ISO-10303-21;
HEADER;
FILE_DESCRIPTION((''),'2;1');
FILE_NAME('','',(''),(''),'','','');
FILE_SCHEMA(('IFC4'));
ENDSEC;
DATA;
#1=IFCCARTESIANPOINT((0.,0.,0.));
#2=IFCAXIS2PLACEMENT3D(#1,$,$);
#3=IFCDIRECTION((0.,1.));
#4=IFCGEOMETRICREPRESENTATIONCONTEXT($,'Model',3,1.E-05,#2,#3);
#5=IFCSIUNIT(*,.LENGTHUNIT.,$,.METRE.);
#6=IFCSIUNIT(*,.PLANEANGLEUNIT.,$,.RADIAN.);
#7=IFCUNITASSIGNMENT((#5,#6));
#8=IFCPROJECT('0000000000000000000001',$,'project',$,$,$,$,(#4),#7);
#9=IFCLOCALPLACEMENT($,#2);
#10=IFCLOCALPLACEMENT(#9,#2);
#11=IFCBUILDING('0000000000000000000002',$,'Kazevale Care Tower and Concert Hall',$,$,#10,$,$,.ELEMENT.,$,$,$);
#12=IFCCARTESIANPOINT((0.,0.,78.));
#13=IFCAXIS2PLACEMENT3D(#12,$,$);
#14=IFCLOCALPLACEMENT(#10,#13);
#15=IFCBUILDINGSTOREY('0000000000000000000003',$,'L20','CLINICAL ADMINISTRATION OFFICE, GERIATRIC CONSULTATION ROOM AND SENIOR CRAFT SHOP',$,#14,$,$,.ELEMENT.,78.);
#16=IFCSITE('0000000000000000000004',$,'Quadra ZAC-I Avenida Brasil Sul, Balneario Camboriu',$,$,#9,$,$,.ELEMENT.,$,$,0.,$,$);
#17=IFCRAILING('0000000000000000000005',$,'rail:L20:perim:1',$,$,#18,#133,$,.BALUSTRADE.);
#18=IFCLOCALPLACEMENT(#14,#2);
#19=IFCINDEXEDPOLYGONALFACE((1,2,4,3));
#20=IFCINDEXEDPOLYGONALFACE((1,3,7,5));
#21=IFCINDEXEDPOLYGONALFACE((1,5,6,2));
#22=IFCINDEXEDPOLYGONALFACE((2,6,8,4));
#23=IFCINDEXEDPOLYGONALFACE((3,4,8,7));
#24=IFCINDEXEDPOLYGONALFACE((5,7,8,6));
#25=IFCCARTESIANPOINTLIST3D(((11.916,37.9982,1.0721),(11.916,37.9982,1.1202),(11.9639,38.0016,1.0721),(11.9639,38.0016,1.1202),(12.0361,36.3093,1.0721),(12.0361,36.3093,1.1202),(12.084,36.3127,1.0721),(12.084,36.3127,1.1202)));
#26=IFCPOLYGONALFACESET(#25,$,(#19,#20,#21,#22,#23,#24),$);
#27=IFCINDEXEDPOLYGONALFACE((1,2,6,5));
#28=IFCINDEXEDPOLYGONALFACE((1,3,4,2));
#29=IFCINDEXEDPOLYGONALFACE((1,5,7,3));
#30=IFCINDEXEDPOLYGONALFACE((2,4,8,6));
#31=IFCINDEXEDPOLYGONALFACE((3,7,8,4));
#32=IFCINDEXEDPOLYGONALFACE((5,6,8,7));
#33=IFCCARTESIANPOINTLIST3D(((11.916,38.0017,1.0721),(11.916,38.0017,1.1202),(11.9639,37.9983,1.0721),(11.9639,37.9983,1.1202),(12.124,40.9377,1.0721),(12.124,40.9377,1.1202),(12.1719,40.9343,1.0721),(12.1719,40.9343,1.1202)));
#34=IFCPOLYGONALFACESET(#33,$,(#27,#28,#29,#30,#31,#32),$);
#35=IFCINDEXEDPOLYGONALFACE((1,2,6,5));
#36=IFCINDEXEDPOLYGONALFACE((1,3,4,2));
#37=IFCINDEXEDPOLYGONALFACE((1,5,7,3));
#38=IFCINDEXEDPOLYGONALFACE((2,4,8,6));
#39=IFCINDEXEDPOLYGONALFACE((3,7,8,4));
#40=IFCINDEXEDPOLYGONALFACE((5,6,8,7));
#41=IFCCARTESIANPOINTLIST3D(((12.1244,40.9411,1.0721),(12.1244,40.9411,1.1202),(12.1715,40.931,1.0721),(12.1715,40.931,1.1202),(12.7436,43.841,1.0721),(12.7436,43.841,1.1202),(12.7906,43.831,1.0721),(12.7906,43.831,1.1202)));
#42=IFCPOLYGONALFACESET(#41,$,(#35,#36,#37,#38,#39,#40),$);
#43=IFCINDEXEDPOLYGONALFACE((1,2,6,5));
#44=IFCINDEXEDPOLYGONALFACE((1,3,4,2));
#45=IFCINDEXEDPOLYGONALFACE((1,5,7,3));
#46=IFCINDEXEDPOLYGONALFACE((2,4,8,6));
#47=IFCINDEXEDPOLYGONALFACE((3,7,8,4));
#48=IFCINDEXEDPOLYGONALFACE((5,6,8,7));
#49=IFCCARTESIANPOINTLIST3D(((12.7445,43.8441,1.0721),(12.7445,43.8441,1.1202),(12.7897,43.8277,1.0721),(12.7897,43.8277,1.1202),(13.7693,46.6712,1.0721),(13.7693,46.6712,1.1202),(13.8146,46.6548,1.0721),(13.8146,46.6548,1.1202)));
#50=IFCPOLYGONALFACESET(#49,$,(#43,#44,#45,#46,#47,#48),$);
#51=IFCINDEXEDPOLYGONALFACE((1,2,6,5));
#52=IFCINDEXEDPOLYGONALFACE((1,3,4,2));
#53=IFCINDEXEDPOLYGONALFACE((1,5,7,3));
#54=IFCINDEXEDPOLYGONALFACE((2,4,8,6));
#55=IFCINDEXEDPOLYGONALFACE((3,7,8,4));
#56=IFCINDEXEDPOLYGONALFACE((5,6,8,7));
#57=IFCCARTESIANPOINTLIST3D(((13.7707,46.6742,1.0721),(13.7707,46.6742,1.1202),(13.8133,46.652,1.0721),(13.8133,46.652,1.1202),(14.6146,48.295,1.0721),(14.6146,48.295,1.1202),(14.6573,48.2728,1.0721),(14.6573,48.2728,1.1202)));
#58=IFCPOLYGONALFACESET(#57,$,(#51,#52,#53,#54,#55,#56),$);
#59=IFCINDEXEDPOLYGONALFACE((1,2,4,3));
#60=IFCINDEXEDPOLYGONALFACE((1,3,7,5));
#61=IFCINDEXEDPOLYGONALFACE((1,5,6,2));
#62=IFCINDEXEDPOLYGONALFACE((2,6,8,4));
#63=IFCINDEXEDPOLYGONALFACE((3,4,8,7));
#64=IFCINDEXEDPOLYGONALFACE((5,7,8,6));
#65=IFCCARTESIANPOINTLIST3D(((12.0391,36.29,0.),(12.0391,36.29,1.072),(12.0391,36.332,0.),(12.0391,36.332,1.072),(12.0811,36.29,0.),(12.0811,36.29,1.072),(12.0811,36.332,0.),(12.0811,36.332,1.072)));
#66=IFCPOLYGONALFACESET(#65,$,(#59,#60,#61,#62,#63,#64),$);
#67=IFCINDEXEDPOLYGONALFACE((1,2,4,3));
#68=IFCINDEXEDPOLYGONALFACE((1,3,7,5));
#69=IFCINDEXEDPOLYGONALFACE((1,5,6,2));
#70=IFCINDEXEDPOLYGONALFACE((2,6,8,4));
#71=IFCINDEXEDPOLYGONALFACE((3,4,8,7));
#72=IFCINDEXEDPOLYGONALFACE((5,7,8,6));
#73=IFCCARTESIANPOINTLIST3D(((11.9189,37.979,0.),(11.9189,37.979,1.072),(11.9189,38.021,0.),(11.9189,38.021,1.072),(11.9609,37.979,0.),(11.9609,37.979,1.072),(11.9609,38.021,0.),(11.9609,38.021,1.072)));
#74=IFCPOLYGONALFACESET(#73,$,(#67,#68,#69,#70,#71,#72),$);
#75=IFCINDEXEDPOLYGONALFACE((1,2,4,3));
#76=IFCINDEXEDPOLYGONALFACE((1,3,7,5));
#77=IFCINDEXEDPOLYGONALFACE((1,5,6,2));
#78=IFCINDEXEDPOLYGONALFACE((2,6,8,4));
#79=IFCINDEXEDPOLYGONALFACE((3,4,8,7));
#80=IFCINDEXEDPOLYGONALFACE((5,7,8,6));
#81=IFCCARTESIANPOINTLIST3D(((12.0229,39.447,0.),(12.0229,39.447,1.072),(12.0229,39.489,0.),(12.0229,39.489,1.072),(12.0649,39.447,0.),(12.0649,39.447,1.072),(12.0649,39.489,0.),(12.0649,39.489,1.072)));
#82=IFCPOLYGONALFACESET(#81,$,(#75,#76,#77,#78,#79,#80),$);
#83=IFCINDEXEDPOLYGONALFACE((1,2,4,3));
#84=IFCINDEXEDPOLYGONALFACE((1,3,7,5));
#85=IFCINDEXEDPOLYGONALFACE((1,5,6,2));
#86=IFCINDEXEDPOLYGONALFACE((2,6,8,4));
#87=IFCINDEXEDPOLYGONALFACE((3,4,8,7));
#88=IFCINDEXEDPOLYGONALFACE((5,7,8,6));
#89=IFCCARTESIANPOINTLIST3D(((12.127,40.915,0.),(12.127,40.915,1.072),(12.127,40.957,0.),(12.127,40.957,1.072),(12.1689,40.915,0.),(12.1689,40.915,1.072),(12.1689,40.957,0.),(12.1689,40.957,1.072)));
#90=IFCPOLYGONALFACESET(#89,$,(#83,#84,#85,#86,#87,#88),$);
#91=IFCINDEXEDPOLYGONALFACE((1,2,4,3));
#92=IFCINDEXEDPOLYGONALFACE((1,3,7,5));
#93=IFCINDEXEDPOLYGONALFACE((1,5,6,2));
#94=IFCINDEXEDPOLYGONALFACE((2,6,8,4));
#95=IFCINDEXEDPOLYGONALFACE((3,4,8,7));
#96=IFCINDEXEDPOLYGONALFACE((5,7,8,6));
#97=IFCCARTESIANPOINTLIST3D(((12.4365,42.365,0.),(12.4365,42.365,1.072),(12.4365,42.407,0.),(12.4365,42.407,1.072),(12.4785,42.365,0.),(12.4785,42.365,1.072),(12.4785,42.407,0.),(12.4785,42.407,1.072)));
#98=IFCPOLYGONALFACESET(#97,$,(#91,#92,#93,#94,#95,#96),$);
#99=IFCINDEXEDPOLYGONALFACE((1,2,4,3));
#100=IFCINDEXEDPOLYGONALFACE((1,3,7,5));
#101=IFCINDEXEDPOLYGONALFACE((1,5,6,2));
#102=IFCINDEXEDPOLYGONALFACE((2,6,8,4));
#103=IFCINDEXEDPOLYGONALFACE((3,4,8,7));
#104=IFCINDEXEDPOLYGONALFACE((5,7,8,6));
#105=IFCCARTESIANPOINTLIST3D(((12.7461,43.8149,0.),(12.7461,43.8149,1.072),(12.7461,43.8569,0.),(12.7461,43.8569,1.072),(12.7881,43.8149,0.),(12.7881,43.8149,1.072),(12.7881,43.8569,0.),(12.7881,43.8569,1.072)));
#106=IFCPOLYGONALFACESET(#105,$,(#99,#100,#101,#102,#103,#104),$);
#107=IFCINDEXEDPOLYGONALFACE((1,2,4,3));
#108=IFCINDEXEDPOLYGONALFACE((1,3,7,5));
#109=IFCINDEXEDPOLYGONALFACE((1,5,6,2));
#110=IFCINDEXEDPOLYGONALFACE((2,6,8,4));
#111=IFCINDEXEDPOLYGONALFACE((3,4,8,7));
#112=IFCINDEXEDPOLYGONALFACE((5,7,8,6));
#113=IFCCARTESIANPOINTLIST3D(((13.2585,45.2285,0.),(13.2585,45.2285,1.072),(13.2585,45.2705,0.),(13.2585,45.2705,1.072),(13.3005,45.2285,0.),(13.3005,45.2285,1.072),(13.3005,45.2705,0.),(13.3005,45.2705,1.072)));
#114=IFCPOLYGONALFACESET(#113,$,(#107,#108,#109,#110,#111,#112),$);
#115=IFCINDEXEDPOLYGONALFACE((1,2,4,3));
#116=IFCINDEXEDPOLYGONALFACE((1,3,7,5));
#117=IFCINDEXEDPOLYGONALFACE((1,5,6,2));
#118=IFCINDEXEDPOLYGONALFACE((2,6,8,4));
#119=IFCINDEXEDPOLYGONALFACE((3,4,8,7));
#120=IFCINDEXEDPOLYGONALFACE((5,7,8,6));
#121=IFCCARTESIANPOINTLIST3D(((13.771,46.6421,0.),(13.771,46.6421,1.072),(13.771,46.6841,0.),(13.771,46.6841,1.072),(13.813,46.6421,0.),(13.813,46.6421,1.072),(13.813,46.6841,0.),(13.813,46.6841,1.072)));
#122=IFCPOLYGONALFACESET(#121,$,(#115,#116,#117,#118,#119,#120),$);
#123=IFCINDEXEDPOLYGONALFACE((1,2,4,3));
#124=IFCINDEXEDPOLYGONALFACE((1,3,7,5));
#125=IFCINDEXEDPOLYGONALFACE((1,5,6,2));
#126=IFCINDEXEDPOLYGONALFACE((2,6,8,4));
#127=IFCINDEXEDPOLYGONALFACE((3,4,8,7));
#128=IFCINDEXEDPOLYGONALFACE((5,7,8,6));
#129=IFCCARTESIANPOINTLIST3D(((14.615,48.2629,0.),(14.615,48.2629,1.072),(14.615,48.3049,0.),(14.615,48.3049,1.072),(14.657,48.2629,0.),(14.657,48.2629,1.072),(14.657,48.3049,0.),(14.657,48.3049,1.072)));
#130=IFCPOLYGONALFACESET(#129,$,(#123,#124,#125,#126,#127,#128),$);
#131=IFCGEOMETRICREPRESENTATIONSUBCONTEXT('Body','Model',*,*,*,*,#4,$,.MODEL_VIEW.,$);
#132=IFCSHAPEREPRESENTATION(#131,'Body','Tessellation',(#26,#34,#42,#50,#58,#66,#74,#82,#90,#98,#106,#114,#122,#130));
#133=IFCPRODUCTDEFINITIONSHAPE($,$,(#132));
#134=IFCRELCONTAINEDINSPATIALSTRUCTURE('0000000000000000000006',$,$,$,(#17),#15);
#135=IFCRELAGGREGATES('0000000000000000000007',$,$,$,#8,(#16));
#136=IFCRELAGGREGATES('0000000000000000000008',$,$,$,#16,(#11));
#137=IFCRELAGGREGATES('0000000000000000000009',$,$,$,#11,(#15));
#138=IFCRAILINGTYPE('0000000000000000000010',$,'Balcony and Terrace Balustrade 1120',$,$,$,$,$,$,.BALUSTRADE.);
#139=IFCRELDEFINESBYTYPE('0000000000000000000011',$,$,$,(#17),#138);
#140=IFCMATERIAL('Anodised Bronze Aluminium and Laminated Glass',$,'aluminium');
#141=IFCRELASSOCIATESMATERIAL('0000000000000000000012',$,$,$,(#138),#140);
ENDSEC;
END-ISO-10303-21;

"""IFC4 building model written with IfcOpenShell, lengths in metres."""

from ifc_helpers import new_model, si_unit, direction, frame, origin, origin_2d, place, context, subcontext, project, spatial, rectangle, extrude, material, type_object, element, save


model = new_model("IFC4")

# Units and contexts
model_context = context("Model", 3, precision=1e-05, world=origin(), true_north=direction((0.0, 1.0)))
body_context = subcontext(model_context, "Body", "Model", "MODEL_VIEW")
ifc_project = project(units=[si_unit("LENGTHUNIT", "METRE"), si_unit("PLANEANGLEUNIT", "RADIAN")], contexts=[model_context])

# Site, building, storey
site_placement = place(None, origin())
site = spatial("IfcSite", under=ifc_project, at=site_placement, Name="Quadra ZAC-I Avenida Brasil Sul, Balneario Camboriu", CompositionType="ELEMENT", RefElevation=0.0)
building_placement = place(site_placement, origin())
building = spatial("IfcBuilding", under=site, at=building_placement, Name="Kazevale Care Tower and Concert Hall", CompositionType="ELEMENT")
storey_placement = place(building_placement, frame((0.0, 0.0, 78.0)))
storey = spatial("IfcBuildingStorey", under=building, at=storey_placement, Name="L20", Description="CLINICAL ADMINISTRATION OFFICE, GERIATRIC CONSULTATION ROOM AND SENIOR CRAFT SHOP", CompositionType="ELEMENT", Elevation=78.0)

# Railing
ifc_material_1 = material(Name="Anodised Bronze Aluminium and Laminated Glass", Category="aluminium")
railing_type = type_object("IfcRailingType", Name="Balcony and Terrace Balustrade 1120", PredefinedType="BALUSTRADE", material=ifc_material_1)
railing_placement = place(storey_placement, frame((12.0601, 36.311, 0.0)))
element("IfcRailing", 1, at=railing_placement, inside=storey, type_object=railing_type, Name="rail:L20:perim:1", PredefinedType="BALUSTRADE", context=body_context, shape_type="SweptSolid", body=[
    extrude(rectangle(XDim=0.0481, YDim=0.0481, at=origin_2d()), frame((0.0, 0.0, 1.0962), z_axis=(-0.07094, 0.997481, 0.0), x_axis=(-0.997481, -0.07094, 0.0)), (0.0, 0.0, 1.0), 1.6931),
    extrude(rectangle(XDim=0.0481, YDim=0.0481, at=origin_2d()), frame((-0.1201, 1.689, 1.0962), z_axis=(0.070669, 0.9975, 0.0), x_axis=(-0.9975, 0.070669, 0.0)), (0.0, 0.0, 1.0), 2.9434),
    extrude(rectangle(XDim=0.0481, YDim=0.0481, at=origin_2d()), frame((0.0879, 4.625, 1.0962), z_axis=(0.208798, 0.977959, 0.0), x_axis=(-0.977959, 0.208798, 0.0)), (0.0, 0.0, 1.0), 2.9653),
    extrude(rectangle(XDim=0.0481, YDim=0.0481, at=origin_2d()), frame((0.707, 7.5249, 1.0962), z_axis=(0.340817, 0.94013, 0.0), x_axis=(-0.94013, 0.340817, 0.0)), (0.0, 0.0, 1.0), 3.0071),
    extrude(rectangle(XDim=0.0481, YDim=0.0481, at=origin_2d()), frame((1.7319, 10.3521, 1.0962), z_axis=(0.461849, 0.886959, 0.0), x_axis=(-0.886959, 0.461849, 0.0)), (0.0, 0.0, 1.0), 1.8274),
    extrude(rectangle(XDim=0.042, YDim=0.042, at=origin_2d()), origin(), (0.0, 0.0, 1.0), 1.072),
    extrude(rectangle(XDim=0.042, YDim=0.042, at=origin_2d()), frame((-0.1201, 1.689, 0.0)), (0.0, 0.0, 1.0), 1.072),
    extrude(rectangle(XDim=0.042, YDim=0.042, at=origin_2d()), frame((-0.0161, 3.157, 0.0)), (0.0, 0.0, 1.0), 1.072),
    extrude(rectangle(XDim=0.042, YDim=0.042, at=origin_2d()), frame((0.0879, 4.625, 0.0)), (0.0, 0.0, 1.0), 1.072),
    extrude(rectangle(XDim=0.042, YDim=0.042, at=origin_2d()), frame((0.3975, 6.075, 0.0)), (0.0, 0.0, 1.0), 1.072),
    extrude(rectangle(XDim=0.042, YDim=0.042, at=origin_2d()), frame((0.707, 7.5249, 0.0)), (0.0, 0.0, 1.0), 1.072),
    extrude(rectangle(XDim=0.042, YDim=0.042, at=origin_2d()), frame((1.2195, 8.9385, 0.0)), (0.0, 0.0, 1.0), 1.072),
    extrude(rectangle(XDim=0.042, YDim=0.042, at=origin_2d()), frame((1.7319, 10.3521, 0.0)), (0.0, 0.0, 1.0), 1.072),
    extrude(rectangle(XDim=0.042, YDim=0.042, at=origin_2d()), frame((2.5759, 11.9729, 0.0)), (0.0, 0.0, 1.0), 1.072),
])

save(model, "model.ifc")
